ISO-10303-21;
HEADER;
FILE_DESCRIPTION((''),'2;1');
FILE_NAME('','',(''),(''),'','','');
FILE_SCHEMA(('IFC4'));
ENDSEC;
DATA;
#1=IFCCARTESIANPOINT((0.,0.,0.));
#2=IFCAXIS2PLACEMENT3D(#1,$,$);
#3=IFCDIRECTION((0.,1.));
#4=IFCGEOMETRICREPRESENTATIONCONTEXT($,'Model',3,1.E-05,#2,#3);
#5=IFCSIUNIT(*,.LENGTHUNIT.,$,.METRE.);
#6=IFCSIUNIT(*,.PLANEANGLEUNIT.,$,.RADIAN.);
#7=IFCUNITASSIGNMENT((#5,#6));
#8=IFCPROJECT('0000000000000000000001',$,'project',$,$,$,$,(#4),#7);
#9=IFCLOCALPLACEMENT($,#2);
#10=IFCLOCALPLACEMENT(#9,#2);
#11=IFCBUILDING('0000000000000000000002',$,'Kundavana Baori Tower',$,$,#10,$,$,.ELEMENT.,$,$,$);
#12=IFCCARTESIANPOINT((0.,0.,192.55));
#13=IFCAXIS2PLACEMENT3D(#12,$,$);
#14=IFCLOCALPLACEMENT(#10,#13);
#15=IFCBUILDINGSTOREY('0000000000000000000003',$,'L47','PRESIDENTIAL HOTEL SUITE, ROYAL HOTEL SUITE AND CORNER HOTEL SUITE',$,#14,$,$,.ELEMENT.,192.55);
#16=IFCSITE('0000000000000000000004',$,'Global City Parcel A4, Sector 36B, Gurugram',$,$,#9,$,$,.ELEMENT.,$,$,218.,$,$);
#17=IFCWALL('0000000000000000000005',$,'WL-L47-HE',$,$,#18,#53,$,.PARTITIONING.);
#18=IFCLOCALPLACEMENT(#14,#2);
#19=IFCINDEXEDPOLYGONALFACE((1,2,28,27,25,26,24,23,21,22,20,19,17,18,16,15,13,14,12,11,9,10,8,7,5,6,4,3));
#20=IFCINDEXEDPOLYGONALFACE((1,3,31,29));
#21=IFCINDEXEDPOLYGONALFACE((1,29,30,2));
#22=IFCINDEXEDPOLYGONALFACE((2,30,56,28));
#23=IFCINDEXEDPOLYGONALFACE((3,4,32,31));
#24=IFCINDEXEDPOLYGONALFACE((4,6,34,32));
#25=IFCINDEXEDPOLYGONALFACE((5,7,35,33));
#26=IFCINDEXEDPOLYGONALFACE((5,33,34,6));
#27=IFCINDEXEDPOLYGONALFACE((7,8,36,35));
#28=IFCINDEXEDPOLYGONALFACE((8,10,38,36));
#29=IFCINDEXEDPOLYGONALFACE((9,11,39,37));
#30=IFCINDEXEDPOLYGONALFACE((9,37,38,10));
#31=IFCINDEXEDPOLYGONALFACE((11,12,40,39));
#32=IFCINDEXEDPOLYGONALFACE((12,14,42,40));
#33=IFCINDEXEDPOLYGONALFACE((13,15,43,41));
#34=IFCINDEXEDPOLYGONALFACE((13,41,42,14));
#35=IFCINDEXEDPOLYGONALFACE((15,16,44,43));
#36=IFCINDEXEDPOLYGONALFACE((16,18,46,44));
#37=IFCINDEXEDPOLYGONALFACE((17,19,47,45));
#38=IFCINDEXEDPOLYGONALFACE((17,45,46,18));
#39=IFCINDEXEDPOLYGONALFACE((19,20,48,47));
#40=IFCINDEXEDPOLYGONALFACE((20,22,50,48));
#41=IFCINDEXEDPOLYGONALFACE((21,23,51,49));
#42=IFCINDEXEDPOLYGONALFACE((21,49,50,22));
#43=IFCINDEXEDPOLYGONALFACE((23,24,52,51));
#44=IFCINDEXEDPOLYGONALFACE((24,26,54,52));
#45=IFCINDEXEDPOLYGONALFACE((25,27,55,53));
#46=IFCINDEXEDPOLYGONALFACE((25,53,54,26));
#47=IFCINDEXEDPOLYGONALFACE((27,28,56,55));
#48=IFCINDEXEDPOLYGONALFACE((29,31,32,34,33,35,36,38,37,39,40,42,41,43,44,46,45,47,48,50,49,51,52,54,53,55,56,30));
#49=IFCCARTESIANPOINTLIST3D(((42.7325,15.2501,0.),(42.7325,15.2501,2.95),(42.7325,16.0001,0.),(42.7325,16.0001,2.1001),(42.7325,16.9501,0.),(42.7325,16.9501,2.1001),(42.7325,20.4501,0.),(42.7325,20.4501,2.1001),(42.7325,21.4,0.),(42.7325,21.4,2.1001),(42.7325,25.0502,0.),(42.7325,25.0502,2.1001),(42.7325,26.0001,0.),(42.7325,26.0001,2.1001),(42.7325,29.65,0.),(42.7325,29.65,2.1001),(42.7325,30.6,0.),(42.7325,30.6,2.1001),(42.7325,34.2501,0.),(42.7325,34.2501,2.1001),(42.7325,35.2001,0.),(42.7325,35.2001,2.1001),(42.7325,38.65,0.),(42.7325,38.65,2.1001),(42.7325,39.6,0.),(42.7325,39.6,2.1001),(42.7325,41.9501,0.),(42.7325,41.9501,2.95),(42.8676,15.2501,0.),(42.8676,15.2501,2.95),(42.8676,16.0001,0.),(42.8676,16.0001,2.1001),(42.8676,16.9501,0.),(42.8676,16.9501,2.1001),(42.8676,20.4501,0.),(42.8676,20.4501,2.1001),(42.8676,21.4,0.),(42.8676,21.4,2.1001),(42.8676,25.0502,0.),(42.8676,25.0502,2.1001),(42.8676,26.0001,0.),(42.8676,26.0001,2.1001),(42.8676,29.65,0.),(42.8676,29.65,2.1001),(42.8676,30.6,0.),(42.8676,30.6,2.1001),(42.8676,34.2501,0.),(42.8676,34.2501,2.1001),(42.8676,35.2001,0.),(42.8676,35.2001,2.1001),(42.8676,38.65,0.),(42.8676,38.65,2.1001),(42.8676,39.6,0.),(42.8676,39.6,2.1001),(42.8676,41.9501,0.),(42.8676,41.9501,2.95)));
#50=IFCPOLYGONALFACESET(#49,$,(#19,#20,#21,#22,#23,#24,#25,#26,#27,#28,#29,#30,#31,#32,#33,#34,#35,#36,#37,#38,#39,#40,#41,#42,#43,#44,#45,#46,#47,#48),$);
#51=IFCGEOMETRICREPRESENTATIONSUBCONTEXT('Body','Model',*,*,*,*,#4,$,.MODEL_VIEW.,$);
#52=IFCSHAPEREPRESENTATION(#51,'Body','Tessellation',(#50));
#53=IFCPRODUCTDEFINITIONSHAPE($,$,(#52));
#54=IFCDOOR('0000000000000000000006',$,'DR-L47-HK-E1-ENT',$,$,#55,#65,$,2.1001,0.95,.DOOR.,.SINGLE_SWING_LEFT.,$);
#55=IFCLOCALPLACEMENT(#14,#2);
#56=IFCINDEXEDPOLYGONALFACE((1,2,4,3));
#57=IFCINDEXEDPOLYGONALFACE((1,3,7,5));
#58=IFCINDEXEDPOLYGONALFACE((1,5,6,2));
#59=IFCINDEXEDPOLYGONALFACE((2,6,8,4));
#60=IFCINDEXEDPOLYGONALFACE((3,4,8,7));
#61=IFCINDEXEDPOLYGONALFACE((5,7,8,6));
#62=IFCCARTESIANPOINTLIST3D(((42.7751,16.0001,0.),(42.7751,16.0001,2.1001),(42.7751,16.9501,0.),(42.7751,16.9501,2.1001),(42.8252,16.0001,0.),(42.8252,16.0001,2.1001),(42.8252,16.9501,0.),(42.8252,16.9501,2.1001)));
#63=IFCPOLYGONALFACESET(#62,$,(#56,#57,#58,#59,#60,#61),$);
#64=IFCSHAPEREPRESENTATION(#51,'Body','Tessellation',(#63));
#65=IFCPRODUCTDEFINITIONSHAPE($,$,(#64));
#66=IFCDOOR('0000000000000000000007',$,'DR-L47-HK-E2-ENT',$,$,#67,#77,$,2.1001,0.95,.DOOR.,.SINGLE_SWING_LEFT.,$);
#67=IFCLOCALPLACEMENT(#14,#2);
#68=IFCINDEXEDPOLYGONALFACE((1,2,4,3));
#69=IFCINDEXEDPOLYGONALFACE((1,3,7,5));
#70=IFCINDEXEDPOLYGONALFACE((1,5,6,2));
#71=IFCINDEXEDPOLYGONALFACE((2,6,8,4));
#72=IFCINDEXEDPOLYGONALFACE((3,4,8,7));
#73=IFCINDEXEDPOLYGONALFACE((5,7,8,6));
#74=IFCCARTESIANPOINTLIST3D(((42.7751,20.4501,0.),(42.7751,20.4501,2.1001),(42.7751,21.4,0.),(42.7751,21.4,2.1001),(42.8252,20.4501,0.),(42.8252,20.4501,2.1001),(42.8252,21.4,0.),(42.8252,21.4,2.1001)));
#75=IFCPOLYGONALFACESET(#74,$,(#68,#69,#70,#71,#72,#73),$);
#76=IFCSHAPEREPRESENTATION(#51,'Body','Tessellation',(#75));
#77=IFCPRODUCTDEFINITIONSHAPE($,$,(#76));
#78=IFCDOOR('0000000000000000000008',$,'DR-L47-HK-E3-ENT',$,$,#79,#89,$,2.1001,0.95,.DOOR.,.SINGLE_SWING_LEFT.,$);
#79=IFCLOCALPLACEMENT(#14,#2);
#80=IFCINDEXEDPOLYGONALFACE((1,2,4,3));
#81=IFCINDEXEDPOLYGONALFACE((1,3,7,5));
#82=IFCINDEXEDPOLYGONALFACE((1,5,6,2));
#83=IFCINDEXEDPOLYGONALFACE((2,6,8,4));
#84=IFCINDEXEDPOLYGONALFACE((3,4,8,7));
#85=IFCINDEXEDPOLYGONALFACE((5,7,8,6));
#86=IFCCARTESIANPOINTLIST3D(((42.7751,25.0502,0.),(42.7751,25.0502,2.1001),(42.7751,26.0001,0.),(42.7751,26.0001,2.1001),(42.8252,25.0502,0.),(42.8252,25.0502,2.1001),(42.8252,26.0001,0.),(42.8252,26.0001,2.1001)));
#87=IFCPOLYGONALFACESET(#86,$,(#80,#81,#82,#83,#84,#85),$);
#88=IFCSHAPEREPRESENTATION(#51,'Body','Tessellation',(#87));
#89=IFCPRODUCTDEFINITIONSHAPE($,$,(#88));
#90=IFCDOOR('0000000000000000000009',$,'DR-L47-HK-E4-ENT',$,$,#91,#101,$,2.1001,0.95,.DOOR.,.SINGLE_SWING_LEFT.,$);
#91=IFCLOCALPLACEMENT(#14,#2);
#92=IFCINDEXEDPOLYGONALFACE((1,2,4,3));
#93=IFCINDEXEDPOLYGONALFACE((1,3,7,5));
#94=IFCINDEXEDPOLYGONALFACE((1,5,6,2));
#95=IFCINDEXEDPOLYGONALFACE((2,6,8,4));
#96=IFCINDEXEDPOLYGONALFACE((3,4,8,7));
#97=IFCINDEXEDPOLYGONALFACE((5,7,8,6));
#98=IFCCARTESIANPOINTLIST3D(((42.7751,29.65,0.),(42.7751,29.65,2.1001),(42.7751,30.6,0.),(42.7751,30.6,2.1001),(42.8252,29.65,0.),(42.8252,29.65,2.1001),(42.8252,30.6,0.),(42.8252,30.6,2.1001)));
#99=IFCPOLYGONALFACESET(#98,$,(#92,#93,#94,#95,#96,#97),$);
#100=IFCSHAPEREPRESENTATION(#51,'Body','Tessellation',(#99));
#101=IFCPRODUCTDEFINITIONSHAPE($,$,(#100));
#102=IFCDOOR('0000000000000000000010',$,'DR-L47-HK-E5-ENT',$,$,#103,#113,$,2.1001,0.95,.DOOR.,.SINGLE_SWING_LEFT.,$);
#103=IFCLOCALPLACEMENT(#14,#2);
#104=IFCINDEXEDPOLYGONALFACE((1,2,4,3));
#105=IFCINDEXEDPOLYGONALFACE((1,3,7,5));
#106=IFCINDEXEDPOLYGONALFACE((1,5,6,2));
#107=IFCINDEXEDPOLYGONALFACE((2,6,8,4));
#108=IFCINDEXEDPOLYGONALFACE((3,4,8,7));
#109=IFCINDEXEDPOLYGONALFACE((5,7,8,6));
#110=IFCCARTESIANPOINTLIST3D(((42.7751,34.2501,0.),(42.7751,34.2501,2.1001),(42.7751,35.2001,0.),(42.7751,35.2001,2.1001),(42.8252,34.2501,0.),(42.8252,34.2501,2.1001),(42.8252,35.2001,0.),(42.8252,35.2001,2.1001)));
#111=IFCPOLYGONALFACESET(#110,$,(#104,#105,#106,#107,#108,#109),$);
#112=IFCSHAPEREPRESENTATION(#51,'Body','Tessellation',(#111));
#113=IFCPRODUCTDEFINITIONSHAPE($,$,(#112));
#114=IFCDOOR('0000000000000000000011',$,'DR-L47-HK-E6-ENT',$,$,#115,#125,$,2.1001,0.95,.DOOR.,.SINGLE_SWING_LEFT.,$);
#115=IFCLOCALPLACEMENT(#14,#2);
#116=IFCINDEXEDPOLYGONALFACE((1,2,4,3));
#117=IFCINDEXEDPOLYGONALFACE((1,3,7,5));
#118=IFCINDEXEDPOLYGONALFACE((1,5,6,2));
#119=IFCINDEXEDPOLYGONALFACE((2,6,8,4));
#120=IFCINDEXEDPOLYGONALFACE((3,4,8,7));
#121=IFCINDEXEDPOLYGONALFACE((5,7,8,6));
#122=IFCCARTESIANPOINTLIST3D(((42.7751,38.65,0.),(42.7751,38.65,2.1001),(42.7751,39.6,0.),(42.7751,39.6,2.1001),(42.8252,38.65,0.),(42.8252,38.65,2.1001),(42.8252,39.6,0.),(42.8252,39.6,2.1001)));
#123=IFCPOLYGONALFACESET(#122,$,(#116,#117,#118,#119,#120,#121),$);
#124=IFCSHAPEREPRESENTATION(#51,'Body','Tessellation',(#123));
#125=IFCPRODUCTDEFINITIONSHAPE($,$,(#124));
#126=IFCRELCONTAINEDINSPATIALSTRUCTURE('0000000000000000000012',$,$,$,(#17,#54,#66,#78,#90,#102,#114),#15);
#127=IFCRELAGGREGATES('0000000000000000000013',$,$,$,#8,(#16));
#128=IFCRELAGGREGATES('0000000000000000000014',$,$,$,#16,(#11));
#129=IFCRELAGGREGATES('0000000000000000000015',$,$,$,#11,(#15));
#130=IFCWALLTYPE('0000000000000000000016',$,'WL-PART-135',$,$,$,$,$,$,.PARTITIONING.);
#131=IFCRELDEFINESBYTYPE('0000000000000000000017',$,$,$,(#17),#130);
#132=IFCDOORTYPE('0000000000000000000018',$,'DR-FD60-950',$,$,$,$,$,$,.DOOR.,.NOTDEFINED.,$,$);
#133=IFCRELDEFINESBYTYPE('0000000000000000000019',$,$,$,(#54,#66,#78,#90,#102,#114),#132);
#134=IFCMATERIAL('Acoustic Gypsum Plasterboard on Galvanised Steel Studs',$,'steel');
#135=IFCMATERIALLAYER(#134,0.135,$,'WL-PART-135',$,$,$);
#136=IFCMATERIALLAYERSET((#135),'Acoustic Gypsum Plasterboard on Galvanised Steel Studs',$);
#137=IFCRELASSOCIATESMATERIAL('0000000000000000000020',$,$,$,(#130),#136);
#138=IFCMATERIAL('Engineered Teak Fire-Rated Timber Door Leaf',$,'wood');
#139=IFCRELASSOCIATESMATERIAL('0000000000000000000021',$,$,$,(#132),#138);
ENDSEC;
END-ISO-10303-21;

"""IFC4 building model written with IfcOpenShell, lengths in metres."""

from ifc_helpers import new_model, si_unit, direction, frame, frame_2d, origin, place, context, subcontext, project, spatial, rectangle, extrude, material, layer, layer_set, type_object, element, fill, save


model = new_model("IFC4")

# Units and contexts
model_context = context("Model", 3, precision=1e-05, world=origin(), true_north=direction((0.0, 1.0)))
body_context = subcontext(model_context, "Body", "Model", "MODEL_VIEW")
ifc_project = project(units=[si_unit("LENGTHUNIT", "METRE"), si_unit("PLANEANGLEUNIT", "RADIAN")], contexts=[model_context])

# Site, building, storey
site_placement = place(None, origin())
site = spatial("IfcSite", under=ifc_project, at=site_placement, Name="Global City Parcel A4, Sector 36B, Gurugram", CompositionType="ELEMENT", RefElevation=218.0)
building_placement = place(site_placement, origin())
building = spatial("IfcBuilding", under=site, at=building_placement, Name="Kundavana Baori Tower", CompositionType="ELEMENT")
storey_placement = place(building_placement, frame((0.0, 0.0, 192.55)))
storey = spatial("IfcBuildingStorey", under=building, at=storey_placement, Name="L47", Description="PRESIDENTIAL HOTEL SUITE, ROYAL HOTEL SUITE AND CORNER HOTEL SUITE", CompositionType="ELEMENT", Elevation=192.55)

# Wall, openings, doors
ifc_material_1 = material(Name="Acoustic Gypsum Plasterboard on Galvanised Steel Studs", Category="steel")
ifc_layer = layer(ifc_material_1, 0.135, Name="WL-PART-135")
ifc_layer_set = layer_set([ifc_layer], Name="Acoustic Gypsum Plasterboard on Galvanised Steel Studs")
wall_type = type_object("IfcWallType", Name="WL-PART-135", PredefinedType="PARTITIONING", material=ifc_layer_set)
wall_placement = place(storey_placement, frame((42.8, 15.25, 0.0), z_axis=(0.0, 0.0, 1.0), x_axis=(0.0, 1.0, 0.0)))
wall = element("IfcWall", 1, at=wall_placement, inside=storey, type_object=wall_type, Name="WL-L47-HE", PredefinedType="PARTITIONING", context=body_context, shape_type="SweptSolid", body=[
    extrude(rectangle(XDim=26.7, YDim=0.135, at=frame_2d((13.3501, 0.0))), origin(), (0.0, 0.0, 1.0), 2.95),
])
opening_1_placement = place(wall_placement, frame((0.75, 0.0, 0.0)))
opening_1 = element("IfcOpeningElement", 2, at=opening_1_placement, cuts=wall, PredefinedType="OPENING", context=body_context, shape_type="SweptSolid", body=[
    extrude(rectangle(XDim=0.95, YDim=2.1001, at=frame_2d((0.4751, 1.05))), frame((0.0, 0.0776, 0.0), z_axis=(0.0, -1.0, 0.0), x_axis=(1.0, 0.0, 0.0)), (0.0, 0.0, 1.0), 0.155),
])
opening_2_placement = place(wall_placement, frame((5.2, 0.0, 0.0)))
opening_2 = element("IfcOpeningElement", 3, at=opening_2_placement, cuts=wall, PredefinedType="OPENING", context=body_context, shape_type="SweptSolid", body=[
    extrude(rectangle(XDim=0.95, YDim=2.1001, at=frame_2d((0.4751, 1.05))), frame((0.0, 0.0776, 0.0), z_axis=(0.0, -1.0, 0.0), x_axis=(1.0, 0.0, 0.0)), (0.0, 0.0, 1.0), 0.155),
])
opening_3_placement = place(wall_placement, frame((9.8, 0.0, 0.0)))
opening_3 = element("IfcOpeningElement", 4, at=opening_3_placement, cuts=wall, PredefinedType="OPENING", context=body_context, shape_type="SweptSolid", body=[
    extrude(rectangle(XDim=0.95, YDim=2.1001, at=frame_2d((0.4751, 1.05))), frame((0.0, 0.0776, 0.0), z_axis=(0.0, -1.0, 0.0), x_axis=(1.0, 0.0, 0.0)), (0.0, 0.0, 1.0), 0.155),
])
opening_4_placement = place(wall_placement, frame((14.3999, 0.0, 0.0)))
opening_4 = element("IfcOpeningElement", 5, at=opening_4_placement, cuts=wall, PredefinedType="OPENING", context=body_context, shape_type="SweptSolid", body=[
    extrude(rectangle(XDim=0.95, YDim=2.1001, at=frame_2d((0.4751, 1.05))), frame((0.0, 0.0776, 0.0), z_axis=(0.0, -1.0, 0.0), x_axis=(1.0, 0.0, 0.0)), (0.0, 0.0, 1.0), 0.155),
])
opening_5_placement = place(wall_placement, frame((19.0, 0.0, 0.0)))
opening_5 = element("IfcOpeningElement", 6, at=opening_5_placement, cuts=wall, PredefinedType="OPENING", context=body_context, shape_type="SweptSolid", body=[
    extrude(rectangle(XDim=0.95, YDim=2.1001, at=frame_2d((0.4751, 1.05))), frame((0.0, 0.0776, 0.0), z_axis=(0.0, -1.0, 0.0), x_axis=(1.0, 0.0, 0.0)), (0.0, 0.0, 1.0), 0.155),
])
opening_6_placement = place(wall_placement, frame((23.3999, 0.0, 0.0)))
opening_6 = element("IfcOpeningElement", 7, at=opening_6_placement, cuts=wall, PredefinedType="OPENING", context=body_context, shape_type="SweptSolid", body=[
    extrude(rectangle(XDim=0.95, YDim=2.1001, at=frame_2d((0.4751, 1.05))), frame((0.0, 0.0776, 0.0), z_axis=(0.0, -1.0, 0.0), x_axis=(1.0, 0.0, 0.0)), (0.0, 0.0, 1.0), 0.155),
])
ifc_material_2 = material(Name="Engineered Teak Fire-Rated Timber Door Leaf", Category="wood")
door_type = type_object("IfcDoorType", Name="DR-FD60-950", OperationType="NOTDEFINED", PredefinedType="DOOR", material=ifc_material_2)
door_1_placement = place(opening_1_placement, origin())
door_1 = element("IfcDoor", 8, at=door_1_placement, inside=storey, type_object=door_type, Name="DR-L47-HK-E1-ENT", OperationType="SINGLE_SWING_LEFT", OverallHeight=2.1001, OverallWidth=0.95, PredefinedType="DOOR", context=body_context, shape_type="SweptSolid", body=[
    extrude(rectangle(XDim=0.95, YDim=2.1001, at=frame_2d((0.4751, 1.05))), frame((0.0, 0.0249, 0.0), z_axis=(0.0, -1.0, 0.0), x_axis=(1.0, 0.0, 0.0)), (0.0, 0.0, 1.0), 0.05),
])
fill(opening_1, door_1)
door_2_placement = place(opening_2_placement, origin())
door_2 = element("IfcDoor", 9, at=door_2_placement, inside=storey, type_object=door_type, Name="DR-L47-HK-E2-ENT", OperationType="SINGLE_SWING_LEFT", OverallHeight=2.1001, OverallWidth=0.95, PredefinedType="DOOR", context=body_context, shape_type="SweptSolid", body=[
    extrude(rectangle(XDim=0.95, YDim=2.1001, at=frame_2d((0.4751, 1.05))), frame((0.0, 0.0249, 0.0), z_axis=(0.0, -1.0, 0.0), x_axis=(1.0, 0.0, 0.0)), (0.0, 0.0, 1.0), 0.05),
])
fill(opening_2, door_2)
door_3_placement = place(opening_3_placement, origin())
door_3 = element("IfcDoor", 10, at=door_3_placement, inside=storey, type_object=door_type, Name="DR-L47-HK-E3-ENT", OperationType="SINGLE_SWING_LEFT", OverallHeight=2.1001, OverallWidth=0.95, PredefinedType="DOOR", context=body_context, shape_type="SweptSolid", body=[
    extrude(rectangle(XDim=0.95, YDim=2.1001, at=frame_2d((0.4751, 1.05))), frame((0.0, 0.0249, 0.0), z_axis=(0.0, -1.0, 0.0), x_axis=(1.0, 0.0, 0.0)), (0.0, 0.0, 1.0), 0.05),
])
fill(opening_3, door_3)
door_4_placement = place(opening_4_placement, origin())
door_4 = element("IfcDoor", 11, at=door_4_placement, inside=storey, type_object=door_type, Name="DR-L47-HK-E4-ENT", OperationType="SINGLE_SWING_LEFT", OverallHeight=2.1001, OverallWidth=0.95, PredefinedType="DOOR", context=body_context, shape_type="SweptSolid", body=[
    extrude(rectangle(XDim=0.95, YDim=2.1001, at=frame_2d((0.4751, 1.05))), frame((0.0, 0.0249, 0.0), z_axis=(0.0, -1.0, 0.0), x_axis=(1.0, 0.0, 0.0)), (0.0, 0.0, 1.0), 0.05),
])
fill(opening_4, door_4)
door_5_placement = place(opening_5_placement, origin())
door_5 = element("IfcDoor", 12, at=door_5_placement, inside=storey, type_object=door_type, Name="DR-L47-HK-E5-ENT", OperationType="SINGLE_SWING_LEFT", OverallHeight=2.1001, OverallWidth=0.95, PredefinedType="DOOR", context=body_context, shape_type="SweptSolid", body=[
    extrude(rectangle(XDim=0.95, YDim=2.1001, at=frame_2d((0.4751, 1.05))), frame((0.0, 0.0249, 0.0), z_axis=(0.0, -1.0, 0.0), x_axis=(1.0, 0.0, 0.0)), (0.0, 0.0, 1.0), 0.05),
])
fill(opening_5, door_5)
door_6_placement = place(opening_6_placement, origin())
door_6 = element("IfcDoor", 13, at=door_6_placement, inside=storey, type_object=door_type, Name="DR-L47-HK-E6-ENT", OperationType="SINGLE_SWING_LEFT", OverallHeight=2.1001, OverallWidth=0.95, PredefinedType="DOOR", context=body_context, shape_type="SweptSolid", body=[
    extrude(rectangle(XDim=0.95, YDim=2.1001, at=frame_2d((0.4751, 1.05))), frame((0.0, 0.0249, 0.0), z_axis=(0.0, -1.0, 0.0), x_axis=(1.0, 0.0, 0.0)), (0.0, 0.0, 1.0), 0.05),
])
fill(opening_6, door_6)

save(model, "model.ifc")
